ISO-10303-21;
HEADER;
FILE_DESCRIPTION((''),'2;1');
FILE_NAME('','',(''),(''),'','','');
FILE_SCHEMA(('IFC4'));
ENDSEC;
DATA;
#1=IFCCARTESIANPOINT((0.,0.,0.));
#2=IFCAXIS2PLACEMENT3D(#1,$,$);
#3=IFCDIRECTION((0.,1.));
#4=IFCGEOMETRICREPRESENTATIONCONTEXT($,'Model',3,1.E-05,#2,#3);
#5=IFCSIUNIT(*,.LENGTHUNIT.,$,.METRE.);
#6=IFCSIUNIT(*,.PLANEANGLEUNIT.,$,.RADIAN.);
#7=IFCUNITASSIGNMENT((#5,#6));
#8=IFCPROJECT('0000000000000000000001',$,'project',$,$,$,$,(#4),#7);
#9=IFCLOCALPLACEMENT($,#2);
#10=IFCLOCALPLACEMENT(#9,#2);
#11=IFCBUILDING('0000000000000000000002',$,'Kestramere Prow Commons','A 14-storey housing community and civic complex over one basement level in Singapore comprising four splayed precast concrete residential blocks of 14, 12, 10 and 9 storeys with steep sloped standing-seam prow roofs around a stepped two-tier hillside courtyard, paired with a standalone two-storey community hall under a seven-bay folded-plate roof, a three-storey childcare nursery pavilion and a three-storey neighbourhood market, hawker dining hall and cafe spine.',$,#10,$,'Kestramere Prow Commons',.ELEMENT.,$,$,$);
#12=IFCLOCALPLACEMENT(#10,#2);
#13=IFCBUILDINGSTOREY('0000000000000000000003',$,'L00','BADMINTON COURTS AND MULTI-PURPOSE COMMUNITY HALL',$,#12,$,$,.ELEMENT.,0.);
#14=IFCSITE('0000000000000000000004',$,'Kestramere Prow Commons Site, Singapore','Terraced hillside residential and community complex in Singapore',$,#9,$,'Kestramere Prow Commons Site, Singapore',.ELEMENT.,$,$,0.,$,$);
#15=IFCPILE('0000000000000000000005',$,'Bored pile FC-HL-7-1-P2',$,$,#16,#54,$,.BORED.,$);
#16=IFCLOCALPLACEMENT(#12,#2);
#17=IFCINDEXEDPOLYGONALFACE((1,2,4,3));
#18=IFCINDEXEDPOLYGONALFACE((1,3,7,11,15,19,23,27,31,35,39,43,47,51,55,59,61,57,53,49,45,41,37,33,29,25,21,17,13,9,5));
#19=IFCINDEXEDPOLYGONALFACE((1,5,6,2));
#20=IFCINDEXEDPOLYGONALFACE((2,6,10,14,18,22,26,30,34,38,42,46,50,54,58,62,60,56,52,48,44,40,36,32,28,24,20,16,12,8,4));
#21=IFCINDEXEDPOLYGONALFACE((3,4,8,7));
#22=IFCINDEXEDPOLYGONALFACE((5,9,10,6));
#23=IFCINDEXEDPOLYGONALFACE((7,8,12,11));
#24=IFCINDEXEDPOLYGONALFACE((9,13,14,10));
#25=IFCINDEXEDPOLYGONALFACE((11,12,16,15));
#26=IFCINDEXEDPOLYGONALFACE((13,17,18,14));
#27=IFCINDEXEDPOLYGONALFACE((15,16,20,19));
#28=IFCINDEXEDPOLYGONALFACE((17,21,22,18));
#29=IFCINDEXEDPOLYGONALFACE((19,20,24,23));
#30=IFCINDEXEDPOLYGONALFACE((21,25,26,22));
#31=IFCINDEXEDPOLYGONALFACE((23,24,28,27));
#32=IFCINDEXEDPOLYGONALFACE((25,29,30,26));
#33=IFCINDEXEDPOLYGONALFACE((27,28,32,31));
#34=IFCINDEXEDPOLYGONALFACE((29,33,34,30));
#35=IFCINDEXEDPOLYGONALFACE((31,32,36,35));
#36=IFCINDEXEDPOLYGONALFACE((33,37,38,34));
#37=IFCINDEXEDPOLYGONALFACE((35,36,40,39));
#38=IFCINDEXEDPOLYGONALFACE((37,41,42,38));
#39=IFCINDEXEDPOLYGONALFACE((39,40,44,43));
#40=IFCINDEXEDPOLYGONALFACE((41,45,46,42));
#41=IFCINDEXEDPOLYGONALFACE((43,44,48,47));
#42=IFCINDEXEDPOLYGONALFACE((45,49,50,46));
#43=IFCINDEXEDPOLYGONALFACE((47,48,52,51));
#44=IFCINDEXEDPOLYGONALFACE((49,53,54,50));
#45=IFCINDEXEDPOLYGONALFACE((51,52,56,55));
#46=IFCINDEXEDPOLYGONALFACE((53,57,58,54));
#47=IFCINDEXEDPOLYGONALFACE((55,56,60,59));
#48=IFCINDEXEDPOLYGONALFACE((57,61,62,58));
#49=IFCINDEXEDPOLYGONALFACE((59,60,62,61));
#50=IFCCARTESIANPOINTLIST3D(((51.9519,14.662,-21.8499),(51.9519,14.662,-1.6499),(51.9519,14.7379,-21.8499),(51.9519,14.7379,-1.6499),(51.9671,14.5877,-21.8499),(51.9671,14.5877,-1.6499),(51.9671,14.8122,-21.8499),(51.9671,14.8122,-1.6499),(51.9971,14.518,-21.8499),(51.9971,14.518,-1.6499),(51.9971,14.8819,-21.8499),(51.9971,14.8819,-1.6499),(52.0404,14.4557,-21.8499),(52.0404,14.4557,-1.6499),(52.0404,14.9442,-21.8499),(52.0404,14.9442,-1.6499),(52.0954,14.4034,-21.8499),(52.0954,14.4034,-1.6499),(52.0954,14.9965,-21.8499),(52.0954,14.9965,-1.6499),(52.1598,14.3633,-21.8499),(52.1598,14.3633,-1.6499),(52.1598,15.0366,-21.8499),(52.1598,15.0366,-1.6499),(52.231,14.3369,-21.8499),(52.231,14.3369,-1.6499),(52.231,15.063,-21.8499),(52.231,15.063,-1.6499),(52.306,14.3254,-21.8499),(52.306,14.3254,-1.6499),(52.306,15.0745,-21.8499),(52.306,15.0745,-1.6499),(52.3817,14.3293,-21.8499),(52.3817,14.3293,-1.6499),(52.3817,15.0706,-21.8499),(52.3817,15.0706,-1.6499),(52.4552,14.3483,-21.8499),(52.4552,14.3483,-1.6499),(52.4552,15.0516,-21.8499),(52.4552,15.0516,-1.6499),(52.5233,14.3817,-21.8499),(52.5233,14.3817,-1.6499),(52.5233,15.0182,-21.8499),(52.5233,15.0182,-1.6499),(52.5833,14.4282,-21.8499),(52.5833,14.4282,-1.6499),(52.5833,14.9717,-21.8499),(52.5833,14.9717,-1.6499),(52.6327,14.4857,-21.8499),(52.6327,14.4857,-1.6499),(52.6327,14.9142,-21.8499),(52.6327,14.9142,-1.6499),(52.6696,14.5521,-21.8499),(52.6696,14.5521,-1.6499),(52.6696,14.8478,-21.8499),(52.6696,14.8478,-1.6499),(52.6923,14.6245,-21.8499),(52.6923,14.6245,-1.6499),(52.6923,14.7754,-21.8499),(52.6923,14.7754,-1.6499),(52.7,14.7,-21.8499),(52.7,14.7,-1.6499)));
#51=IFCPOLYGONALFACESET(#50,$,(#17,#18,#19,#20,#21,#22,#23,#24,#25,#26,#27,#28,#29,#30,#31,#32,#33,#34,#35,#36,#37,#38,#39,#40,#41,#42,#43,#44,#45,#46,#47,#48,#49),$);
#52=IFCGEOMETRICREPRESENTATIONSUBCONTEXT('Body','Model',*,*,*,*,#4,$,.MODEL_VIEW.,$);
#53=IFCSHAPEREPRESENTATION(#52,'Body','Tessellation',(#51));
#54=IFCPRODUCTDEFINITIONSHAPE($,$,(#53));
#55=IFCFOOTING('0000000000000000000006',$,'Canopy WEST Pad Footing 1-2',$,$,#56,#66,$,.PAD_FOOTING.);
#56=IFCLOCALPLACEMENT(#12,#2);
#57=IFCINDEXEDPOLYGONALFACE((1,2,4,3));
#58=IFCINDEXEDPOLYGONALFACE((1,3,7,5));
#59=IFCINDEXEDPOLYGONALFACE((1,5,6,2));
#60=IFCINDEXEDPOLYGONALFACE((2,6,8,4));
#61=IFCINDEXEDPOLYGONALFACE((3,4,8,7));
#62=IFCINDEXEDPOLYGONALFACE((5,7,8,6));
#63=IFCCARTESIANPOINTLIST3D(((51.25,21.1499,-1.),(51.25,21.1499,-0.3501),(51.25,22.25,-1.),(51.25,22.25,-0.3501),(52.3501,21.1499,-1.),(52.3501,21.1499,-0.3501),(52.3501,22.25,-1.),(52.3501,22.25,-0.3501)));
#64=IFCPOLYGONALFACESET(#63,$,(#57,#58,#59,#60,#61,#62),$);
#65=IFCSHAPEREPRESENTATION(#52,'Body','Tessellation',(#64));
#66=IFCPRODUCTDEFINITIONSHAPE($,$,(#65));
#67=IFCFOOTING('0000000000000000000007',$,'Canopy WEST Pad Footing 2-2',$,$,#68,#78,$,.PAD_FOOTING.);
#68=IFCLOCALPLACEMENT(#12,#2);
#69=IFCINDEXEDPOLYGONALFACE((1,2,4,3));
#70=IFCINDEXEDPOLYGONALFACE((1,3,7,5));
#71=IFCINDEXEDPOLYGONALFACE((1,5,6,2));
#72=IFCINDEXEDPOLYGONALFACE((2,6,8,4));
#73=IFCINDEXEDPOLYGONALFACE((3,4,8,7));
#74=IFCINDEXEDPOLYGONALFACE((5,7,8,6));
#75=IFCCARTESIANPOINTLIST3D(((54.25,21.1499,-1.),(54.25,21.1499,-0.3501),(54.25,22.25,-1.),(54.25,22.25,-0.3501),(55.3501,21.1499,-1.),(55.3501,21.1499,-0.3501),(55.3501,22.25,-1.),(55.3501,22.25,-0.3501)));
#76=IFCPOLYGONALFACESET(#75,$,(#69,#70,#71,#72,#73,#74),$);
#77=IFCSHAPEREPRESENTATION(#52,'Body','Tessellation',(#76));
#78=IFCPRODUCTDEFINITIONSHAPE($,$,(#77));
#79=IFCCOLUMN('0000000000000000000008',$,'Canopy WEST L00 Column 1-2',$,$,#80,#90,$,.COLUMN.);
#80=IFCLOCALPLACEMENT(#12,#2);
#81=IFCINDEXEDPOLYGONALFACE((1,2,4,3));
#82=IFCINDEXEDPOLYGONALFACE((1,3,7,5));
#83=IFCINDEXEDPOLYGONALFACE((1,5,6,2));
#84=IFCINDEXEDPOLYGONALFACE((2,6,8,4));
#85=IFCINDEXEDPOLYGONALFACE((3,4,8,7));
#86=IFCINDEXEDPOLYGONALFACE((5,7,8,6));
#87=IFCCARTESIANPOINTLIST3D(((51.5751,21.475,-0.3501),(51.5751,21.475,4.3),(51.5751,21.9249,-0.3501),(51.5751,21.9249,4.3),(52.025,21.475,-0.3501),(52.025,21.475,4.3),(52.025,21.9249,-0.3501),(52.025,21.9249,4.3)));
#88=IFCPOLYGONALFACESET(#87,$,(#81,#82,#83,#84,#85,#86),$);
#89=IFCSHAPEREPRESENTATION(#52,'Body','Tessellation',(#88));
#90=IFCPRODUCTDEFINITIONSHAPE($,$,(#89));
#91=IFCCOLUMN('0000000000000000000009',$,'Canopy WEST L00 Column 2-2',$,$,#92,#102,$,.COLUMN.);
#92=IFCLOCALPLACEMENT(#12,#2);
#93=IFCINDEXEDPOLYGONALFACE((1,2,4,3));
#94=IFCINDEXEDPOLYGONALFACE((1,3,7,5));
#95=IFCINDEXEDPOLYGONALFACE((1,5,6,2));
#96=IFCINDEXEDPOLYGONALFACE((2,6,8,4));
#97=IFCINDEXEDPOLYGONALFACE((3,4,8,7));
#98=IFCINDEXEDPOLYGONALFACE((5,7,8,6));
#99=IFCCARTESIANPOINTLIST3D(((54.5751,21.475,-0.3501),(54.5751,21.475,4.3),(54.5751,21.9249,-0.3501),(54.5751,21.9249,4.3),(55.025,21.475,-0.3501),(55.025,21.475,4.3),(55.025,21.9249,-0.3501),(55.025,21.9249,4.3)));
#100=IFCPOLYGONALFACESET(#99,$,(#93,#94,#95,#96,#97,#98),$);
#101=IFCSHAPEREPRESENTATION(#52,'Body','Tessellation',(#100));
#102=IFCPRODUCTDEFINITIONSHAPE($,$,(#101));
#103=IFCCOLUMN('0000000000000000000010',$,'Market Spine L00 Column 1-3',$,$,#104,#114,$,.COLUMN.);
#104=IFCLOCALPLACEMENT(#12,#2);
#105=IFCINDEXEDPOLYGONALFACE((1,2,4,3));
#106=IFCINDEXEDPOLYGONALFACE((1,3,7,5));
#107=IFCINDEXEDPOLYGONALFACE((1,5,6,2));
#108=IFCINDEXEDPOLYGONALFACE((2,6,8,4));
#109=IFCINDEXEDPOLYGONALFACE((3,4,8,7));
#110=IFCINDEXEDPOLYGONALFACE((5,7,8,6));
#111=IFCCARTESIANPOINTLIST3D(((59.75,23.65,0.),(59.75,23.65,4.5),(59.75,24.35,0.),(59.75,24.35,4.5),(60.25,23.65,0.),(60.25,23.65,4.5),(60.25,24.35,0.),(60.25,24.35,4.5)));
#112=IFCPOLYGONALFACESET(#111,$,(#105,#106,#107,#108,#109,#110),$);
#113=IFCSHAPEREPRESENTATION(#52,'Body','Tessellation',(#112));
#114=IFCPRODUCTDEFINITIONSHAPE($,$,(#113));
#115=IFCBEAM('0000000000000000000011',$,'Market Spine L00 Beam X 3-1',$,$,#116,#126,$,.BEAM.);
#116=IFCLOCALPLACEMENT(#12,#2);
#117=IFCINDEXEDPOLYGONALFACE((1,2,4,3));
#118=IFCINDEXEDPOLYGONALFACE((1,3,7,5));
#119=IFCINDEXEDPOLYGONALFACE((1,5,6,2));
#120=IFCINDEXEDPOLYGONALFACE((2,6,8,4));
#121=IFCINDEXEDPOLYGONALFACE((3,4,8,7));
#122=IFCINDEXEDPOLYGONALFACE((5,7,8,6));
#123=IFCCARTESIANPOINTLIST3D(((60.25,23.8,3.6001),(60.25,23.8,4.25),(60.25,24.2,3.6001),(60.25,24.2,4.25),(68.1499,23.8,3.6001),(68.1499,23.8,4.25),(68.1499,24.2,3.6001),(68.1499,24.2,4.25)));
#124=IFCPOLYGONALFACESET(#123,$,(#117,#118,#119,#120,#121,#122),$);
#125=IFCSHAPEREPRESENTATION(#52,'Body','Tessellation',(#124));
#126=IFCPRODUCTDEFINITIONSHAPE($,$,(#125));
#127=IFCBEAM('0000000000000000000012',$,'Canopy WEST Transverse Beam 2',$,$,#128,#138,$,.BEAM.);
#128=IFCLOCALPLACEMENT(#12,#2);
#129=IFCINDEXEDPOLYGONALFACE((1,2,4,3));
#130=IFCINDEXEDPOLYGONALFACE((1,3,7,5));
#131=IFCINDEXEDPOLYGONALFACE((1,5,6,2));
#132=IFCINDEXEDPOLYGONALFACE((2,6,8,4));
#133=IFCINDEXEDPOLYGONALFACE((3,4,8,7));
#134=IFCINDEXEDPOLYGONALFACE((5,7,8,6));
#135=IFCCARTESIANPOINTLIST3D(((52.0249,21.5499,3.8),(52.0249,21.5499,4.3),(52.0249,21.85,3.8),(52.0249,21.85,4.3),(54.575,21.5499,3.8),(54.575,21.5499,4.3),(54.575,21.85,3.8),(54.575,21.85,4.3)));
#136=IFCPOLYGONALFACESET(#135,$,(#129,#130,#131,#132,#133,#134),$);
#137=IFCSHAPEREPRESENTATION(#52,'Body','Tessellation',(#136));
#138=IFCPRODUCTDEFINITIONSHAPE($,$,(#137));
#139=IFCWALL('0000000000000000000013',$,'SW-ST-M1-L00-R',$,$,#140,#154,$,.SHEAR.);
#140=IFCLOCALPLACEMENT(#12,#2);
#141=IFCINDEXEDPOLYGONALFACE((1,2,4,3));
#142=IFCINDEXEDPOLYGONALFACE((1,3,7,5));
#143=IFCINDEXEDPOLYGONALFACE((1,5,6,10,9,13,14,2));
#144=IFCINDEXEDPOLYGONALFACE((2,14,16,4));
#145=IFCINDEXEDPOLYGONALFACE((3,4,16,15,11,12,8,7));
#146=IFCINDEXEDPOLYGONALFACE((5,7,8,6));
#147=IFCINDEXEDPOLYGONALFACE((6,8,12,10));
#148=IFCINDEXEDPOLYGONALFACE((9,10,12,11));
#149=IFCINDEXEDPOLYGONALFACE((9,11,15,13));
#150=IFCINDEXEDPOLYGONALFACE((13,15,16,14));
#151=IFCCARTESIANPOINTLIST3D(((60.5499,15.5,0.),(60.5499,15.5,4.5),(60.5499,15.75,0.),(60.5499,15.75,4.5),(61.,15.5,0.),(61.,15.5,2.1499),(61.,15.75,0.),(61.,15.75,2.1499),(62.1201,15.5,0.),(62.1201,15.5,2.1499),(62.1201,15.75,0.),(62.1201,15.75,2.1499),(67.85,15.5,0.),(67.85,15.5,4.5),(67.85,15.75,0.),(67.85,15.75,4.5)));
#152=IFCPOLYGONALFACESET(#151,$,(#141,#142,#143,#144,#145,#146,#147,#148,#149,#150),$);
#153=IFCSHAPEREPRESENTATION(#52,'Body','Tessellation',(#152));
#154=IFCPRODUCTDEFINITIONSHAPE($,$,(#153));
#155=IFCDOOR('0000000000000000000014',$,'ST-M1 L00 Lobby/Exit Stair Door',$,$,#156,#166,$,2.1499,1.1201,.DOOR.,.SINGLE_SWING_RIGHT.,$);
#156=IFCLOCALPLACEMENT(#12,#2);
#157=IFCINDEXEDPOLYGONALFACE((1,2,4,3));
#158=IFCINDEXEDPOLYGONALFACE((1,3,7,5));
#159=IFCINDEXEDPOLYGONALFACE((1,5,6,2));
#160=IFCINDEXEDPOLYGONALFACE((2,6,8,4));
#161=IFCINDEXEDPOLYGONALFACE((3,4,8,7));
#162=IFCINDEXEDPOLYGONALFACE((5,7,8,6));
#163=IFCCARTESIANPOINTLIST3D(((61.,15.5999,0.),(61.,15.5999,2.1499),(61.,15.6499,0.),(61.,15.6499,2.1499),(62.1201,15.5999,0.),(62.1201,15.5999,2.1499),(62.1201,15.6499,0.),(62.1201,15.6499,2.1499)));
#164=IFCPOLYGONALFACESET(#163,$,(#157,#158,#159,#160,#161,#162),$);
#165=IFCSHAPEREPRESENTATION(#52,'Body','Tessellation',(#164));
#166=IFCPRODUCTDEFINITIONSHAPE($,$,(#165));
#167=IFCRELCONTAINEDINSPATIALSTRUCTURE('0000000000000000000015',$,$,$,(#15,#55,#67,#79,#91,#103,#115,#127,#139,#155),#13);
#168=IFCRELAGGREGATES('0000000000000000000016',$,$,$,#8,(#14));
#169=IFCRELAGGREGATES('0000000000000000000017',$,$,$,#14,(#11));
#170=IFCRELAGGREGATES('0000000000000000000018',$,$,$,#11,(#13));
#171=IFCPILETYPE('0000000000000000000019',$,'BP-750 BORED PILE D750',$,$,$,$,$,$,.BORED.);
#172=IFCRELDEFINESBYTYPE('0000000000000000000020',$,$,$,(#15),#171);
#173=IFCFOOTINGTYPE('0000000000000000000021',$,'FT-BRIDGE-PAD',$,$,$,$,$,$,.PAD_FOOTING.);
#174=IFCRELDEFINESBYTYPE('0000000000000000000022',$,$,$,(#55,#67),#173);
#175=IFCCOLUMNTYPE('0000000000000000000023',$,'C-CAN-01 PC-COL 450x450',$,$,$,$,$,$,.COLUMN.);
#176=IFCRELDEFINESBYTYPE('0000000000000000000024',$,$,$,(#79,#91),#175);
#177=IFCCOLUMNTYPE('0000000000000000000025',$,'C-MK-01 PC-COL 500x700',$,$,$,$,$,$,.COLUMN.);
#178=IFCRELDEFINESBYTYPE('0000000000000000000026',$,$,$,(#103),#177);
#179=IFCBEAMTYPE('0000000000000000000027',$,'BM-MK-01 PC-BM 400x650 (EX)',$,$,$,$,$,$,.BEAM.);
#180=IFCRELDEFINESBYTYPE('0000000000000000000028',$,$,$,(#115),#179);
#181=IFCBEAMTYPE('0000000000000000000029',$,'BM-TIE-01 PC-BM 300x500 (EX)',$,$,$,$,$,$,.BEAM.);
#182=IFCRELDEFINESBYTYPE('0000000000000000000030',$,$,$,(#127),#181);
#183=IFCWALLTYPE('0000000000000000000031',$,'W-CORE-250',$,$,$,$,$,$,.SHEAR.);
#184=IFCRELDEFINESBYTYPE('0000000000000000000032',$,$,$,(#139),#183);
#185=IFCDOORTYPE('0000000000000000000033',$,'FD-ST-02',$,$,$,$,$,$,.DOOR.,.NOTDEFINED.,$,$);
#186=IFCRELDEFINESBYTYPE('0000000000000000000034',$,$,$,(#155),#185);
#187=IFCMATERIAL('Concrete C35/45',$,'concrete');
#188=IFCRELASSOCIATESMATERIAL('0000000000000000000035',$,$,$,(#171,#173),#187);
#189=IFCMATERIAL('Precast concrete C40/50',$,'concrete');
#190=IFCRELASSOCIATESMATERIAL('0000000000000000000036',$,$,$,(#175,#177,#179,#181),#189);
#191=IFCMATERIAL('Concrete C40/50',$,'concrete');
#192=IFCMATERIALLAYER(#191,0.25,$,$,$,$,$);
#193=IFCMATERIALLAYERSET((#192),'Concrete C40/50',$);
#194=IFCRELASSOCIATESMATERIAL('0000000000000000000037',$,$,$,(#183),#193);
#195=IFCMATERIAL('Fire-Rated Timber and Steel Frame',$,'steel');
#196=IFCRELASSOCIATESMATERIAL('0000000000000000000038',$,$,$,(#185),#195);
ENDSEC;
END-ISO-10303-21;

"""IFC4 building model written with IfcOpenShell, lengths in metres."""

from ifc_helpers import new_model, si_unit, direction, frame, frame_2d, origin, origin_2d, place, context, subcontext, project, spatial, rectangle, circle, extrude, material, layer, layer_set, material_profile, profile_set, type_object, element, fill, save


model = new_model("IFC4")

# Units and contexts
model_context = context("Model", 3, precision=1e-05, world=origin(), true_north=direction((0.0, 1.0)))
body_context = subcontext(model_context, "Body", "Model", "MODEL_VIEW")
ifc_project = project(units=[si_unit("LENGTHUNIT", "METRE"), si_unit("PLANEANGLEUNIT", "RADIAN")], contexts=[model_context])

# Site, building, storey
site_placement = place(None, origin())
site = spatial("IfcSite", under=ifc_project, at=site_placement, Name="Kestramere Prow Commons Site, Singapore", Description="Terraced hillside residential and community complex in Singapore", LongName="Kestramere Prow Commons Site, Singapore", CompositionType="ELEMENT", RefElevation=0.0)
building_placement = place(site_placement, origin())
building = spatial("IfcBuilding", under=site, at=building_placement, Name="Kestramere Prow Commons", Description="A 14-storey housing community and civic complex over one basement level in Singapore comprising four splayed precast concrete residential blocks of 14, 12, 10 and 9 storeys with steep sloped standing-seam prow roofs around a stepped two-tier hillside courtyard, paired with a standalone two-storey community hall under a seven-bay folded-plate roof, a three-storey childcare nursery pavilion and a three-storey neighbourhood market, hawker dining hall and cafe spine.", LongName="Kestramere Prow Commons", CompositionType="ELEMENT")
storey_placement = place(building_placement, origin())
storey = spatial("IfcBuildingStorey", under=building, at=storey_placement, Name="L00", Description="BADMINTON COURTS AND MULTI-PURPOSE COMMUNITY HALL", CompositionType="ELEMENT", Elevation=0.0)

# Pile
ifc_material_1 = material(Name="Concrete C35/45", Category="concrete")
ifc_material_profile_1 = material_profile(ifc_material_1, circle(Radius=0.375, at=origin_2d()), Name="BORED PILE D750")
ifc_profile_set_1 = profile_set([ifc_material_profile_1], Name="Concrete C35/45")
pile_type = type_object("IfcPileType", Name="BP-750 BORED PILE D750", PredefinedType="BORED", material=ifc_profile_set_1)
pile_placement = place(storey_placement, frame((52.325, 14.7, -1.6499), z_axis=(0.0, 0.0, -1.0), x_axis=(1.0, 0.0, 0.0)))
element("IfcPile", 1, at=pile_placement, inside=storey, type_object=pile_type, Name="Bored pile FC-HL-7-1-P2", PredefinedType="BORED", context=body_context, shape_type="SweptSolid", body=[
    extrude(circle(Radius=0.375, at=origin_2d()), origin(), (0.0, 0.0, 1.0), 20.2),
])

# Footings
footing_type = type_object("IfcFootingType", Name="FT-BRIDGE-PAD", PredefinedType="PAD_FOOTING", material=ifc_material_1)
for number, where, z_axis, x_axis, name in (
    (2, (51.8, 21.7, -1.0), (0.0, 0.0, 1.0), (1.0, 0.0, 0.0), "Canopy WEST Pad Footing 1-2"),
    (3, (54.8, 21.7, -1.0), (0.0, 0.0, 1.0), (1.0, 0.0, 0.0), "Canopy WEST Pad Footing 2-2"),
):
    element("IfcFooting", number, at=place(storey_placement, frame(where, z_axis=z_axis, x_axis=x_axis)), inside=storey, type_object=footing_type, Name=name, PredefinedType="PAD_FOOTING", context=body_context, shape_type="SweptSolid", body=[
        extrude(rectangle(XDim=1.1001, YDim=1.1001, at=origin_2d()), origin(), (0.0, 0.0, 1.0), 0.6499),
    ])

# Columns
ifc_material_2 = material(Name="Precast concrete C40/50", Category="concrete")
ifc_material_profile_2 = material_profile(ifc_material_2, rectangle(XDim=0.45, YDim=0.45, at=origin_2d()), Name="PC-COL 450x450")
ifc_profile_set_2 = profile_set([ifc_material_profile_2], Name="Precast concrete C40/50")
column_type_1 = type_object("IfcColumnType", Name="C-CAN-01 PC-COL 450x450", PredefinedType="COLUMN", material=ifc_profile_set_2)
for number, where, z_axis, x_axis, name in (
    (4, (51.8, 21.7, -0.3501), (0.0, 0.0, 1.0), (1.0, 0.0, 0.0), "Canopy WEST L00 Column 1-2"),
    (5, (54.8, 21.7, -0.3501), (0.0, 0.0, 1.0), (1.0, 0.0, 0.0), "Canopy WEST L00 Column 2-2"),
):
    element("IfcColumn", number, at=place(storey_placement, frame(where, z_axis=z_axis, x_axis=x_axis)), inside=storey, type_object=column_type_1, Name=name, PredefinedType="COLUMN", context=body_context, shape_type="SweptSolid", body=[
        extrude(rectangle(XDim=0.45, YDim=0.45, at=origin_2d()), origin(), (0.0, 0.0, 1.0), 4.6501),
    ])
ifc_material_profile_3 = material_profile(ifc_material_2, rectangle(XDim=0.5, YDim=0.7, at=origin_2d()), Name="PC-COL 500x700")
ifc_profile_set_3 = profile_set([ifc_material_profile_3], Name="Precast concrete C40/50")
column_type_2 = type_object("IfcColumnType", Name="C-MK-01 PC-COL 500x700", PredefinedType="COLUMN", material=ifc_profile_set_3)
column_placement = place(storey_placement, frame((60.0, 24.0, 0.0), z_axis=(0.0, 0.0, 1.0), x_axis=(1.0, 0.0, 0.0)))
element("IfcColumn", 6, at=column_placement, inside=storey, type_object=column_type_2, Name="Market Spine L00 Column 1-3", PredefinedType="COLUMN", context=body_context, shape_type="SweptSolid", body=[
    extrude(rectangle(XDim=0.5, YDim=0.7, at=origin_2d()), origin(), (0.0, 0.0, 1.0), 4.5),
])

# Beams
ifc_material_profile_4 = material_profile(ifc_material_2, rectangle(XDim=0.3999, YDim=0.6499, at=origin_2d()), Name="PC-BM 400x650")
ifc_profile_set_4 = profile_set([ifc_material_profile_4], Name="Precast concrete C40/50")
beam_type_1 = type_object("IfcBeamType", Name="BM-MK-01 PC-BM 400x650 (EX)", PredefinedType="BEAM", material=ifc_profile_set_4)
beam_1_placement = place(storey_placement, frame((60.25, 24.0, 3.925), z_axis=(1.0, 0.0, 0.0), x_axis=(0.0, 1.0, 0.0)))
element("IfcBeam", 7, at=beam_1_placement, inside=storey, type_object=beam_type_1, Name="Market Spine L00 Beam X 3-1", PredefinedType="BEAM", context=body_context, shape_type="SweptSolid", body=[
    extrude(rectangle(XDim=0.3999, YDim=0.6499, at=origin_2d()), origin(), (0.0, 0.0, 1.0), 7.8999),
])
ifc_material_profile_5 = material_profile(ifc_material_2, rectangle(XDim=0.3, YDim=0.5, at=origin_2d()), Name="PC-BM 300x500")
ifc_profile_set_5 = profile_set([ifc_material_profile_5], Name="Precast concrete C40/50")
beam_type_2 = type_object("IfcBeamType", Name="BM-TIE-01 PC-BM 300x500 (EX)", PredefinedType="BEAM", material=ifc_profile_set_5)
beam_2_placement = place(storey_placement, frame((52.0249, 21.7, 4.05), z_axis=(1.0, 0.0, 0.0), x_axis=(0.0, 1.0, 0.0)))
element("IfcBeam", 8, at=beam_2_placement, inside=storey, type_object=beam_type_2, Name="Canopy WEST Transverse Beam 2", PredefinedType="BEAM", context=body_context, shape_type="SweptSolid", body=[
    extrude(rectangle(XDim=0.3, YDim=0.5, at=origin_2d()), origin(), (0.0, 0.0, 1.0), 2.55),
])

# Wall, opening, door
ifc_material_3 = material(Name="Concrete C40/50", Category="concrete")
ifc_layer_1 = layer(ifc_material_3, 0.25)
ifc_layer_set_1 = layer_set([ifc_layer_1], Name="Concrete C40/50")
wall_type_1 = type_object("IfcWallType", Name="W-CORE-250", PredefinedType="SHEAR", material=ifc_layer_set_1)
wall_1_placement = place(storey_placement, frame((60.55, 15.625, 0.0), z_axis=(0.0, 0.0, 1.0), x_axis=(1.0, 0.0, 0.0)))
wall_1 = element("IfcWall", 9, at=wall_1_placement, inside=storey, type_object=wall_type_1, Name="SW-ST-M1-L00-R", PredefinedType="SHEAR", context=body_context, shape_type="SweptSolid", body=[
    extrude(rectangle(XDim=7.3, YDim=0.25, at=frame_2d((3.6499, 0.0))), origin(), (0.0, 0.0, 1.0), 4.5),
])
opening_1_placement = place(wall_1_placement, frame((0.45, 0.0, 0.0)))
opening_1 = element("IfcOpeningElement", 10, at=opening_1_placement, cuts=wall_1, PredefinedType="OPENING", context=body_context, shape_type="SweptSolid", body=[
    extrude(rectangle(XDim=1.1201, YDim=2.1499, at=frame_2d((0.5601, 1.075))), frame((0.0, 0.1399, 0.0), z_axis=(0.0, -1.0, 0.0), x_axis=(1.0, 0.0, 0.0)), (0.0, 0.0, 1.0), 0.28),
])
ifc_material_4 = material(Name="Fire-Rated Timber and Steel Frame", Category="steel")
door_type_1 = type_object("IfcDoorType", Name="FD-ST-02", OperationType="NOTDEFINED", PredefinedType="DOOR", material=ifc_material_4)
door_1_placement = place(opening_1_placement, origin())
door_1 = element("IfcDoor", 11, at=door_1_placement, inside=storey, type_object=door_type_1, Name="ST-M1 L00 Lobby/Exit Stair Door", OperationType="SINGLE_SWING_RIGHT", OverallHeight=2.1499, OverallWidth=1.1201, PredefinedType="DOOR", context=body_context, shape_type="SweptSolid", body=[
    extrude(rectangle(XDim=1.1201, YDim=2.1499, at=frame_2d((0.5601, 1.075))), frame((0.0, 0.0249, 0.0), z_axis=(0.0, -1.0, 0.0), x_axis=(1.0, 0.0, 0.0)), (0.0, 0.0, 1.0), 0.05),
])
fill(opening_1, door_1)

save(model, "model.ifc")
